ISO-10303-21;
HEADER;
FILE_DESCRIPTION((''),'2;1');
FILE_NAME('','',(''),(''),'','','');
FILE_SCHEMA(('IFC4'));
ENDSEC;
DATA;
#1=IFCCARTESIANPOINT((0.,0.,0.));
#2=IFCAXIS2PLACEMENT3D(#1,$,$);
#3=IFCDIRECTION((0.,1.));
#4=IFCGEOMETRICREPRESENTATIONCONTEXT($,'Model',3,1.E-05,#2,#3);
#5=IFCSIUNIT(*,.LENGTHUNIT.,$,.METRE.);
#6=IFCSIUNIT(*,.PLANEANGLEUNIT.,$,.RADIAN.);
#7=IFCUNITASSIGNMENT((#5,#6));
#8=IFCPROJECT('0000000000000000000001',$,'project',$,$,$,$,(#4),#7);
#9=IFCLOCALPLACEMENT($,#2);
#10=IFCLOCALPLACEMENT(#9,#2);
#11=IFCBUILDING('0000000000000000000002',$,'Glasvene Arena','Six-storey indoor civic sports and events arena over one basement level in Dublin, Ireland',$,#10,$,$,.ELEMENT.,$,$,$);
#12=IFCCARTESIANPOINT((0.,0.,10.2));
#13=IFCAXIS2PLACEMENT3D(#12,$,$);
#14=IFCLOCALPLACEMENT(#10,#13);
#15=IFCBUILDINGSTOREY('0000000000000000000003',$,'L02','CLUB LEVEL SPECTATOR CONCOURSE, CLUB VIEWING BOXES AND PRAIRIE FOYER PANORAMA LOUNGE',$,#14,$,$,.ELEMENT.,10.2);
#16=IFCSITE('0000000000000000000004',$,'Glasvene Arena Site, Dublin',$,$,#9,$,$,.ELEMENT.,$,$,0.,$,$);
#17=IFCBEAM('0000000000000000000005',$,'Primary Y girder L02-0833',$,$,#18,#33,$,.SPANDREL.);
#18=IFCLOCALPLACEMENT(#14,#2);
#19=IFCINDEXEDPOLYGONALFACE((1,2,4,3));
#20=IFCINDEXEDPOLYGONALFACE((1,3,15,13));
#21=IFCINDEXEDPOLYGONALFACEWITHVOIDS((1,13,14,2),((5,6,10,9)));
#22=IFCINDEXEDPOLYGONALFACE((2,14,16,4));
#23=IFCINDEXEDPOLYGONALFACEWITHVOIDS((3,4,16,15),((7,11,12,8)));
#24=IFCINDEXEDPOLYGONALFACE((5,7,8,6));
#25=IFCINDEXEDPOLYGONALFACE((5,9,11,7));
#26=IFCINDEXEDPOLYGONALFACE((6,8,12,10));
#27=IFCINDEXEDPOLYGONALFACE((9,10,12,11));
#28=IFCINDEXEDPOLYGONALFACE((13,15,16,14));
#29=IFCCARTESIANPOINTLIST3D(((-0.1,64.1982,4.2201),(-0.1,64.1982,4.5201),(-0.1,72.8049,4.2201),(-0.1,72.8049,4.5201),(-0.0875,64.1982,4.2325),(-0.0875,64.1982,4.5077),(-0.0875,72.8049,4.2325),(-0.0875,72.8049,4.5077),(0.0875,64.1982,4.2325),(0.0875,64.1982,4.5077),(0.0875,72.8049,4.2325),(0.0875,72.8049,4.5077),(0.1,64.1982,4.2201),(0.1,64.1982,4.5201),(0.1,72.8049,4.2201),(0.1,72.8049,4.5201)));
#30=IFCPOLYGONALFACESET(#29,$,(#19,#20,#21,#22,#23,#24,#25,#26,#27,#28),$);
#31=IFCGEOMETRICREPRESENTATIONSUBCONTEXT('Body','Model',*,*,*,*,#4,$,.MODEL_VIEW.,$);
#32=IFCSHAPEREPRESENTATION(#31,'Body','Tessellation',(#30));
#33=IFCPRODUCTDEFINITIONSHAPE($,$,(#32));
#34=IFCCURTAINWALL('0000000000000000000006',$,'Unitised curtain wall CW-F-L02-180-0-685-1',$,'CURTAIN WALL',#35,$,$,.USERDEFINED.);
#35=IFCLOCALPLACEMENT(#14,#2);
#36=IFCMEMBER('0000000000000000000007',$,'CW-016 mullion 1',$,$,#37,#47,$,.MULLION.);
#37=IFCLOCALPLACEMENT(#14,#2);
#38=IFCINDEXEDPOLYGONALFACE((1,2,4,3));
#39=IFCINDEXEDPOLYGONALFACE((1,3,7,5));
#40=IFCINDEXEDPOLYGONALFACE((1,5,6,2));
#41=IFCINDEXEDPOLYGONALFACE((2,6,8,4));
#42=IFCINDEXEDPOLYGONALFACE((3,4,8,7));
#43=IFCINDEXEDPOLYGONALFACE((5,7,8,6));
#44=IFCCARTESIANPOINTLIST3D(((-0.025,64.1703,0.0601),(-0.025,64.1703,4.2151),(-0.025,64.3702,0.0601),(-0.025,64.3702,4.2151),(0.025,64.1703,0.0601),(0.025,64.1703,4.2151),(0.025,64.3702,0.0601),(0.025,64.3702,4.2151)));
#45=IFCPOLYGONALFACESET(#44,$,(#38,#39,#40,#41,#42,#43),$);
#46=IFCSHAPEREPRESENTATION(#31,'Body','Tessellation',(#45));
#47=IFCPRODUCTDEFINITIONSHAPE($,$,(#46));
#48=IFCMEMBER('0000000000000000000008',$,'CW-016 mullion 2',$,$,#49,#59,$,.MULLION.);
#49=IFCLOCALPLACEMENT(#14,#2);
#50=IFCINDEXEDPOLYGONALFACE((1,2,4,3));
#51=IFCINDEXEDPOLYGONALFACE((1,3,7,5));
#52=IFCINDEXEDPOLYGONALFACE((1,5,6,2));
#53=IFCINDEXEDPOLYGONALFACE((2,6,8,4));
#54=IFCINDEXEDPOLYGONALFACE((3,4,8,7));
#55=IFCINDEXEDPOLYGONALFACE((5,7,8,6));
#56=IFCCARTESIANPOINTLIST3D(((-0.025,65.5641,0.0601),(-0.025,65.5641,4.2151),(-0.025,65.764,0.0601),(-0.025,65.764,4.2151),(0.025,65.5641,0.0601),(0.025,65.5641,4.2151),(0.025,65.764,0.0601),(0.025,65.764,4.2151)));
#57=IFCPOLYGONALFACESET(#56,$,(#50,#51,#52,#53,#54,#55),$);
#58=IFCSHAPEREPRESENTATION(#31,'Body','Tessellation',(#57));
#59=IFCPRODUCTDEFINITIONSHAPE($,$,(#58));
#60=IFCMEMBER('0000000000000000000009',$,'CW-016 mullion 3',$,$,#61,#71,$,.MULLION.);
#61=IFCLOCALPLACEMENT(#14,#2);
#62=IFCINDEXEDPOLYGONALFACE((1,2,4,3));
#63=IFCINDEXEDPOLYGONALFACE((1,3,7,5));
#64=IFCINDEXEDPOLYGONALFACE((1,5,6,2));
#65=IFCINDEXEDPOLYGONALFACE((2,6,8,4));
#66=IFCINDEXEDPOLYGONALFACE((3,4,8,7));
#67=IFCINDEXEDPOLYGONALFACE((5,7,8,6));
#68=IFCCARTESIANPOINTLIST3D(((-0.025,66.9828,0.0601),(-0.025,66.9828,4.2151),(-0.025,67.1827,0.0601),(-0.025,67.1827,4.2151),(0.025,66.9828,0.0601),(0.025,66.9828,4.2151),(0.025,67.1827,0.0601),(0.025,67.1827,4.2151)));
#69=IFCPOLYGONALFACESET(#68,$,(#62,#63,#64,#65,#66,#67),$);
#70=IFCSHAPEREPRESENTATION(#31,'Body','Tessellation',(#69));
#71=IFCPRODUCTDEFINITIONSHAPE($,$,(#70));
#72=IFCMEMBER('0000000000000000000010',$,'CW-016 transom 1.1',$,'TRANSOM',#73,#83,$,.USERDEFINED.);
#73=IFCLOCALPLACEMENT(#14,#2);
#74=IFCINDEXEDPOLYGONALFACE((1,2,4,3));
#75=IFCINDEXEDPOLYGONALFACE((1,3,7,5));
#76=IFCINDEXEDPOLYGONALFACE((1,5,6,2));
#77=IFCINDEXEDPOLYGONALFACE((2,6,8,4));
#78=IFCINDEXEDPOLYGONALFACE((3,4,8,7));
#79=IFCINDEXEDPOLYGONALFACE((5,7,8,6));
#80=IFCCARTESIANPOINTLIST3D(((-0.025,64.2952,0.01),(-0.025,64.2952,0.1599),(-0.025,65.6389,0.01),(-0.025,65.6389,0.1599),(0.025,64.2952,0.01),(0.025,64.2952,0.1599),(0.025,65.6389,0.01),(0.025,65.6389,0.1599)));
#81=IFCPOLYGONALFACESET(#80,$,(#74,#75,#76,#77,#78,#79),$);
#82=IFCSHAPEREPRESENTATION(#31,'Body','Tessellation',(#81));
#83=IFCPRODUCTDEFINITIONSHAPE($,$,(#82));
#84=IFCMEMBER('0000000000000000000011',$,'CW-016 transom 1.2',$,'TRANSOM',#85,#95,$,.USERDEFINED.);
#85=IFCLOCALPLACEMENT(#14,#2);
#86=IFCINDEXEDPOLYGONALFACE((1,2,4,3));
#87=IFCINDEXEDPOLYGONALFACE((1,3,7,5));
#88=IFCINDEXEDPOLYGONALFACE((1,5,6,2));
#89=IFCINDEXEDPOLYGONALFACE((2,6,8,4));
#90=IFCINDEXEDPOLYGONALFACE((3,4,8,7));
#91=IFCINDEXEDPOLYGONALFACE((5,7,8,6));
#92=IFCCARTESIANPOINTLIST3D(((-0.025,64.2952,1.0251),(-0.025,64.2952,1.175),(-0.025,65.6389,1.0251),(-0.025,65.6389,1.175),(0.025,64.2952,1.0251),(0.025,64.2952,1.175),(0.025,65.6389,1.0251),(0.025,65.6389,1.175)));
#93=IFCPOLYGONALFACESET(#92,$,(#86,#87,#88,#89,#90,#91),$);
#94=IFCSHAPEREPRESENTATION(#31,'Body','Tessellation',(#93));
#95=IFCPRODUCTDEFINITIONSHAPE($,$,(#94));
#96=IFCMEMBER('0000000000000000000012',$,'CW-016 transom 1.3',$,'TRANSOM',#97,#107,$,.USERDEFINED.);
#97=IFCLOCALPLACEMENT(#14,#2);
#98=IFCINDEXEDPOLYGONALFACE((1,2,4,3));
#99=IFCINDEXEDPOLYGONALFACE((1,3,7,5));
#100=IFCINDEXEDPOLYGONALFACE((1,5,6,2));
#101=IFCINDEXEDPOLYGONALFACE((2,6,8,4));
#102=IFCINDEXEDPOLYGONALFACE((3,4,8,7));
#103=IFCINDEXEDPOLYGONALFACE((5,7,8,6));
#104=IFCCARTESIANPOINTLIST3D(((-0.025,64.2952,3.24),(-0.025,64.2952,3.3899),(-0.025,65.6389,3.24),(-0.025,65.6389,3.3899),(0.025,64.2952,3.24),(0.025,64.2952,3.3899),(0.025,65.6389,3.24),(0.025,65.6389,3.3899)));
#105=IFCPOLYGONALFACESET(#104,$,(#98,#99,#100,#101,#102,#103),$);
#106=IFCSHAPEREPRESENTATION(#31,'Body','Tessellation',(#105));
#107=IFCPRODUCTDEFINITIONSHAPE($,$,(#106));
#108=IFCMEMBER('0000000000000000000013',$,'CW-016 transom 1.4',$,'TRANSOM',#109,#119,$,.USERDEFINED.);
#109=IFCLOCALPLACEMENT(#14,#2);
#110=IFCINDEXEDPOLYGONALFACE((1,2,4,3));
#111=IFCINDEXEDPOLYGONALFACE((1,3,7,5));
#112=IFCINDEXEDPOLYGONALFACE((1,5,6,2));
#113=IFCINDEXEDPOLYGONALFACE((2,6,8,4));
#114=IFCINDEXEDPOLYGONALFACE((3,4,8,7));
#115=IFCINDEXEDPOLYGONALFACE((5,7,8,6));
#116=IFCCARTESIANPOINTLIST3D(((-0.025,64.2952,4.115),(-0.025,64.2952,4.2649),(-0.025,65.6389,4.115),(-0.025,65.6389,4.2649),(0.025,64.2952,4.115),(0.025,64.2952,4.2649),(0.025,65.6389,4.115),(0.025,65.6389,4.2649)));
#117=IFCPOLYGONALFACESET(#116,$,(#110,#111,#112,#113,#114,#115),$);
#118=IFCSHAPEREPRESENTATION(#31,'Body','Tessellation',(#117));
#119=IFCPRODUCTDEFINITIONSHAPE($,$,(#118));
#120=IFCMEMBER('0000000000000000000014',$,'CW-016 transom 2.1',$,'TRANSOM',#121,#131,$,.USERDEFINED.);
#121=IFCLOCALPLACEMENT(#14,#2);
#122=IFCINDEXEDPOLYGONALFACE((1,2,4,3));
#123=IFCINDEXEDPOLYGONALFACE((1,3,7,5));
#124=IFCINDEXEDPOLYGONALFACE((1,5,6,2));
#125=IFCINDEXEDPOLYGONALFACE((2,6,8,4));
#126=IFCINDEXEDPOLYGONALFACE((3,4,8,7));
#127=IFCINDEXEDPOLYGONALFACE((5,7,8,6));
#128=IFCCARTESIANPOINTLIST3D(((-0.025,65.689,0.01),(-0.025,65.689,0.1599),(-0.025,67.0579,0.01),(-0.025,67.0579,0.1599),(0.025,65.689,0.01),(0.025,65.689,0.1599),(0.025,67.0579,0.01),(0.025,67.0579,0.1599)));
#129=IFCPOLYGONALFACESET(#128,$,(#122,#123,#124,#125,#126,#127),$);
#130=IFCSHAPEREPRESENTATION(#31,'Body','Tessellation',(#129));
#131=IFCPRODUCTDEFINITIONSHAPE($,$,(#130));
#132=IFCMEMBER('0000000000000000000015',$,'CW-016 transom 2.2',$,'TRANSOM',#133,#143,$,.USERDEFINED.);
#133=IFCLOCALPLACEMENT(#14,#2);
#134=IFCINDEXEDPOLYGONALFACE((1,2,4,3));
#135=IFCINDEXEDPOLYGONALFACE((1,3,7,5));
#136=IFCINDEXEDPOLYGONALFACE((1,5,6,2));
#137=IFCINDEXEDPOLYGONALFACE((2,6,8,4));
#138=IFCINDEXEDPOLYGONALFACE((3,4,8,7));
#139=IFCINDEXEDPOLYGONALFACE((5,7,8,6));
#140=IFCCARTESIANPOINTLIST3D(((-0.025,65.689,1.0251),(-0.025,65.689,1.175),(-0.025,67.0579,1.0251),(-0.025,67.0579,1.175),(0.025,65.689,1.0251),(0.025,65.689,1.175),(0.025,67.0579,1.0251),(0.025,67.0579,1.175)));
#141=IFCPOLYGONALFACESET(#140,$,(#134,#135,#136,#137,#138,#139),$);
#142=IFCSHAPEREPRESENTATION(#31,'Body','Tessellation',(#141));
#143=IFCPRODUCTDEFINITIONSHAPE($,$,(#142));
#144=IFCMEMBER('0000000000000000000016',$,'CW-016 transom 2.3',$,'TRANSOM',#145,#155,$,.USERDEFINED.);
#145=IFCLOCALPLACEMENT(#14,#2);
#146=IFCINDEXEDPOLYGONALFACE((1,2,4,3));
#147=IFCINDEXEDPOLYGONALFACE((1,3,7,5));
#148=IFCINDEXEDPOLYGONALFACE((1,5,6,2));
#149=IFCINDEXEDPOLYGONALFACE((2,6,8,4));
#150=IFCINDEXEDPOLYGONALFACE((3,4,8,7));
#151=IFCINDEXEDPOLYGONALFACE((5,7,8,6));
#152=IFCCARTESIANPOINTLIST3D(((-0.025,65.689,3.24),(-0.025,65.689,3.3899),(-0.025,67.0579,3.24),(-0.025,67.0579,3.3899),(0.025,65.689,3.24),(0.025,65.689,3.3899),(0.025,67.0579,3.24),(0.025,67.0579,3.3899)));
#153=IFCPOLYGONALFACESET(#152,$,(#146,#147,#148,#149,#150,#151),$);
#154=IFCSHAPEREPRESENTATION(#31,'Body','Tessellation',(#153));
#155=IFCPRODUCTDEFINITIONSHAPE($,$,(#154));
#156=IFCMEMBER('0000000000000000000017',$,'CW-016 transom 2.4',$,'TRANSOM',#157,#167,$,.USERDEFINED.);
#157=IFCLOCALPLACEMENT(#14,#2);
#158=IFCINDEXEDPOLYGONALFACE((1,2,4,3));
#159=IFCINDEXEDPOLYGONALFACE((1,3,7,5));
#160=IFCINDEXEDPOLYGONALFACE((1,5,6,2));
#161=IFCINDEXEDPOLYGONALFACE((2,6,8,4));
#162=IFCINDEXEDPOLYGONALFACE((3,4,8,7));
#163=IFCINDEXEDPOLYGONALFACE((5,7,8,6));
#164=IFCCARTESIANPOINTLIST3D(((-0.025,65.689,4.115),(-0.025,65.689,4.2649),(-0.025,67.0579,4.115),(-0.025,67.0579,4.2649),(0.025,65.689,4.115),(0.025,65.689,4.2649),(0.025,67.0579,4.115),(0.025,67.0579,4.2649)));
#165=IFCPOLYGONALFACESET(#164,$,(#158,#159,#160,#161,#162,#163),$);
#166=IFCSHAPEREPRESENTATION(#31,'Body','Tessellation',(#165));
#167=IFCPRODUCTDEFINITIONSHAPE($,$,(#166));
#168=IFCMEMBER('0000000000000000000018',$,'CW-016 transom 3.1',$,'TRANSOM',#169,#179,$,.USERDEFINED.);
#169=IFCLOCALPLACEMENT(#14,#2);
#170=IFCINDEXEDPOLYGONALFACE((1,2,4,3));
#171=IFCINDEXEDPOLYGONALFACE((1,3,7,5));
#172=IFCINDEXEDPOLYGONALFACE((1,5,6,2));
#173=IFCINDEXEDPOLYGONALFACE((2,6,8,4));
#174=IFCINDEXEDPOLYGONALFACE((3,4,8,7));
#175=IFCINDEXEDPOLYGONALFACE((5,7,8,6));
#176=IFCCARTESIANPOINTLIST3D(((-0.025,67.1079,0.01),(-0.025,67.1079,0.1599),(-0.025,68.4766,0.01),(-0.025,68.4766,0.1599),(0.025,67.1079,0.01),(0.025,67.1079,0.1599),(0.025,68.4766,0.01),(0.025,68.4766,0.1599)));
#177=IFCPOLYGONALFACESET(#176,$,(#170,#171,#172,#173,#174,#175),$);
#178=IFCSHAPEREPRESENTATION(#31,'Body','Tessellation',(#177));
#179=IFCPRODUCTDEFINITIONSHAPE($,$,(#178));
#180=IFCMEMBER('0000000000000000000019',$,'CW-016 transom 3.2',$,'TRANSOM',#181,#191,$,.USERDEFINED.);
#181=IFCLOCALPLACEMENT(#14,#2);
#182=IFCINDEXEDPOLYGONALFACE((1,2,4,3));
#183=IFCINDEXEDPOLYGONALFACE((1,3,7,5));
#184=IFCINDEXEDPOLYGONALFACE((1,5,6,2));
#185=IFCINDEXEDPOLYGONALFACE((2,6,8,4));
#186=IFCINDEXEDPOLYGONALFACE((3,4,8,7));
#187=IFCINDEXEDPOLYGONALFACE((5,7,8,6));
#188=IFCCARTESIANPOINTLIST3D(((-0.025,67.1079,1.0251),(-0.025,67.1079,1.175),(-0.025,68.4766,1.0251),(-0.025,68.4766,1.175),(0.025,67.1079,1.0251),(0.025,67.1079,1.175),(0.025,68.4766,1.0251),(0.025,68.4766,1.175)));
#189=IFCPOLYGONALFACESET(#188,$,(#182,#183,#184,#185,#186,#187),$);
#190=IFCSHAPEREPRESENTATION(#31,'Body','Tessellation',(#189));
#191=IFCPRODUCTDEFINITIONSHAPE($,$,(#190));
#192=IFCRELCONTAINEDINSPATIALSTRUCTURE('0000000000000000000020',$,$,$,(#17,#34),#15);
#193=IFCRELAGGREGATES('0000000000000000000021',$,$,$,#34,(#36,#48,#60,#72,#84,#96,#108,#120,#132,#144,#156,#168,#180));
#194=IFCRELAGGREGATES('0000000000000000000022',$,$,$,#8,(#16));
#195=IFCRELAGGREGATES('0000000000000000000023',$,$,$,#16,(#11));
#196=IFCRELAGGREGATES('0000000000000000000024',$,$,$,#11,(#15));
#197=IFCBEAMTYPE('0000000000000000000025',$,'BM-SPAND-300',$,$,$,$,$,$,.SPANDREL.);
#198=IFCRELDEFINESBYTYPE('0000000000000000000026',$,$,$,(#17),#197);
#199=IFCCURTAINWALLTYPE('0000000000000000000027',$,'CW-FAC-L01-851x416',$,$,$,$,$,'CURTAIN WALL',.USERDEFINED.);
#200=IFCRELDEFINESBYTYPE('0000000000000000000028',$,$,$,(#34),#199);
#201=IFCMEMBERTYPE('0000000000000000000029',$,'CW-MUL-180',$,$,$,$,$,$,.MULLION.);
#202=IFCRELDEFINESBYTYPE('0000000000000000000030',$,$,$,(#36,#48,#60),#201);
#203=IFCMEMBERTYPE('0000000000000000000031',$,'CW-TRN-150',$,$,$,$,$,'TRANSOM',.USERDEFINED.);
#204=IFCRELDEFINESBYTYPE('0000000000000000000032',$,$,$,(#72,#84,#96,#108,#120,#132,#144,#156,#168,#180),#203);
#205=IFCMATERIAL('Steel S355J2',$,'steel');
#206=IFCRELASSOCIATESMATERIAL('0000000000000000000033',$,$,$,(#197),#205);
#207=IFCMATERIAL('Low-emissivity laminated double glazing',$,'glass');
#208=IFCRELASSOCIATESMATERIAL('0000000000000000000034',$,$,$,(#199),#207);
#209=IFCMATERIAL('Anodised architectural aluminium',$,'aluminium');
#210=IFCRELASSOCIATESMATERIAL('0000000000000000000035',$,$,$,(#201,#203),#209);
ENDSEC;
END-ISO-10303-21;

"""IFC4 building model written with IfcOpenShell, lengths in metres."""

from ifc_helpers import new_model, si_unit, direction, frame, origin, origin_2d, place, context, subcontext, project, spatial, rectangle, hollow_rectangle, extrude, material, material_profile, profile_set, type_object, element, aggregate, save


model = new_model("IFC4")

# Units and contexts
model_context = context("Model", 3, precision=1e-05, world=origin(), true_north=direction((0.0, 1.0)))
body_context = subcontext(model_context, "Body", "Model", "MODEL_VIEW")
ifc_project = project(units=[si_unit("LENGTHUNIT", "METRE"), si_unit("PLANEANGLEUNIT", "RADIAN")], contexts=[model_context])

# Site, building, storey
site_placement = place(None, origin())
site = spatial("IfcSite", under=ifc_project, at=site_placement, Name="Glasvene Arena Site, Dublin", CompositionType="ELEMENT", RefElevation=0.0)
building_placement = place(site_placement, origin())
building = spatial("IfcBuilding", under=site, at=building_placement, Name="Glasvene Arena", Description="Six-storey indoor civic sports and events arena over one basement level in Dublin, Ireland", CompositionType="ELEMENT")
storey_placement = place(building_placement, frame((0.0, 0.0, 10.2)))
storey = spatial("IfcBuildingStorey", under=building, at=storey_placement, Name="L02", Description="CLUB LEVEL SPECTATOR CONCOURSE, CLUB VIEWING BOXES AND PRAIRIE FOYER PANORAMA LOUNGE", CompositionType="ELEMENT", Elevation=10.2)

# Shared definitions
ifc_material_1 = material(Name="Steel S355J2", Category="steel")

# Beam
ifc_material_profile_1 = material_profile(ifc_material_1, hollow_rectangle(XDim=0.2, YDim=0.3, WallThickness=0.0125, at=origin_2d()), Name="RHS 300x200x12.5")
ifc_profile_set_1 = profile_set([ifc_material_profile_1], Name="Steel S355J2")
beam_type_1 = type_object("IfcBeamType", Name="BM-SPAND-300", PredefinedType="SPANDREL", material=ifc_profile_set_1)
beam_1_placement = place(storey_placement, frame((0.0, 64.1982, 4.3701), z_axis=(0.0, 1.0, 0.0), x_axis=(-1.0, 0.0, 0.0)))
element("IfcBeam", 1, at=beam_1_placement, inside=storey, type_object=beam_type_1, Name="Primary Y girder L02-0833", PredefinedType="SPANDREL", context=body_context, shape_type="SweptSolid", body=[
    extrude(hollow_rectangle(XDim=0.2, YDim=0.3, WallThickness=0.0125, at=origin_2d()), origin(), (0.0, 0.0, 1.0), 8.6067),
])

# Curtain wall, members
ifc_material_2 = material(Name="Low-emissivity laminated double glazing", Category="glass")
curtain_wall_type = type_object("IfcCurtainWallType", Name="CW-FAC-L01-851x416", ElementType="CURTAIN WALL", PredefinedType="USERDEFINED", material=ifc_material_2)
curtain_wall_placement = place(storey_placement, frame((0.0, 64.2451, 0.0)))
curtain_wall = element("IfcCurtainWall", 2, at=curtain_wall_placement, inside=storey, type_object=curtain_wall_type, Name="Unitised curtain wall CW-F-L02-180-0-685-1", ObjectType="CURTAIN WALL", PredefinedType="USERDEFINED")
ifc_material_3 = material(Name="Anodised architectural aluminium", Category="aluminium")
ifc_material_profile_2 = material_profile(ifc_material_3, rectangle(XDim=0.05, YDim=0.2, at=origin_2d()), Name="ALU MULLION 50x200")
ifc_profile_set_2 = profile_set([ifc_material_profile_2], Name="Anodised architectural aluminium")
member_type_1 = type_object("IfcMemberType", Name="CW-MUL-180", PredefinedType="MULLION", material=ifc_profile_set_2)
member_1_placement = place(storey_placement, frame((0.0, 64.2703, 0.0601), z_axis=(0.0, 0.0, 1.0), x_axis=(-1.0, 0.0, 0.0)))
member_1 = element("IfcMember", 3, at=member_1_placement, type_object=member_type_1, Name="CW-016 mullion 1", PredefinedType="MULLION", context=body_context, shape_type="SweptSolid", body=[
    extrude(rectangle(XDim=0.05, YDim=0.2, at=origin_2d()), origin(), (0.0, 0.0, 1.0), 4.155),
])
member_2_placement = place(storey_placement, frame((0.0, 65.6641, 0.0601), z_axis=(0.0, 0.0, 1.0), x_axis=(-1.0, 0.0, 0.0)))
member_2 = element("IfcMember", 4, at=member_2_placement, type_object=member_type_1, Name="CW-016 mullion 2", PredefinedType="MULLION", context=body_context, shape_type="SweptSolid", body=[
    extrude(rectangle(XDim=0.05, YDim=0.2, at=origin_2d()), origin(), (0.0, 0.0, 1.0), 4.155),
])
member_3_placement = place(storey_placement, frame((0.0, 67.0828, 0.0601), z_axis=(0.0, 0.0, 1.0), x_axis=(-1.0, 0.0, 0.0)))
member_3 = element("IfcMember", 5, at=member_3_placement, type_object=member_type_1, Name="CW-016 mullion 3", PredefinedType="MULLION", context=body_context, shape_type="SweptSolid", body=[
    extrude(rectangle(XDim=0.05, YDim=0.2, at=origin_2d()), origin(), (0.0, 0.0, 1.0), 4.155),
])
ifc_material_profile_3 = material_profile(ifc_material_3, rectangle(XDim=0.05, YDim=0.1499, at=origin_2d()), Name="ALU TRANSOM 50x150")
ifc_profile_set_3 = profile_set([ifc_material_profile_3], Name="Anodised architectural aluminium")
member_type_2 = type_object("IfcMemberType", Name="CW-TRN-150", ElementType="TRANSOM", PredefinedType="USERDEFINED", material=ifc_profile_set_3)
member_4_placement = place(storey_placement, frame((0.0, 64.2952, 0.085), z_axis=(0.0, 1.0, 0.0), x_axis=(-1.0, 0.0, 0.0)))
member_4 = element("IfcMember", 6, at=member_4_placement, type_object=member_type_2, Name="CW-016 transom 1.1", ObjectType="TRANSOM", PredefinedType="USERDEFINED", context=body_context, shape_type="SweptSolid", body=[
    extrude(rectangle(XDim=0.05, YDim=0.1499, at=origin_2d()), origin(), (0.0, 0.0, 1.0), 1.3438),
])
member_5_placement = place(storey_placement, frame((0.0, 64.2952, 1.1001), z_axis=(0.0, 1.0, 0.0), x_axis=(-1.0, 0.0, 0.0)))
member_5 = element("IfcMember", 7, at=member_5_placement, type_object=member_type_2, Name="CW-016 transom 1.2", ObjectType="TRANSOM", PredefinedType="USERDEFINED", context=body_context, shape_type="SweptSolid", body=[
    extrude(rectangle(XDim=0.05, YDim=0.1499, at=origin_2d()), origin(), (0.0, 0.0, 1.0), 1.3438),
])
member_6_placement = place(storey_placement, frame((0.0, 64.2952, 3.3149), z_axis=(0.0, 1.0, 0.0), x_axis=(-1.0, 0.0, 0.0)))
member_6 = element("IfcMember", 8, at=member_6_placement, type_object=member_type_2, Name="CW-016 transom 1.3", ObjectType="TRANSOM", PredefinedType="USERDEFINED", context=body_context, shape_type="SweptSolid", body=[
    extrude(rectangle(XDim=0.05, YDim=0.1499, at=origin_2d()), origin(), (0.0, 0.0, 1.0), 1.3438),
])
member_7_placement = place(storey_placement, frame((0.0, 64.2952, 4.1899), z_axis=(0.0, 1.0, 0.0), x_axis=(-1.0, 0.0, 0.0)))
member_7 = element("IfcMember", 9, at=member_7_placement, type_object=member_type_2, Name="CW-016 transom 1.4", ObjectType="TRANSOM", PredefinedType="USERDEFINED", context=body_context, shape_type="SweptSolid", body=[
    extrude(rectangle(XDim=0.05, YDim=0.1499, at=origin_2d()), origin(), (0.0, 0.0, 1.0), 1.3438),
])
member_8_placement = place(storey_placement, frame((0.0, 65.689, 0.085), z_axis=(0.0, 1.0, 0.0), x_axis=(-1.0, 0.0, 0.0)))
member_8 = element("IfcMember", 10, at=member_8_placement, type_object=member_type_2, Name="CW-016 transom 2.1", ObjectType="TRANSOM", PredefinedType="USERDEFINED", context=body_context, shape_type="SweptSolid", body=[
    extrude(rectangle(XDim=0.05, YDim=0.1499, at=origin_2d()), origin(), (0.0, 0.0, 1.0), 1.3689),
])
member_9_placement = place(storey_placement, frame((0.0, 65.689, 1.1001), z_axis=(0.0, 1.0, 0.0), x_axis=(-1.0, 0.0, 0.0)))
member_9 = element("IfcMember", 11, at=member_9_placement, type_object=member_type_2, Name="CW-016 transom 2.2", ObjectType="TRANSOM", PredefinedType="USERDEFINED", context=body_context, shape_type="SweptSolid", body=[
    extrude(rectangle(XDim=0.05, YDim=0.1499, at=origin_2d()), origin(), (0.0, 0.0, 1.0), 1.3689),
])
member_10_placement = place(storey_placement, frame((0.0, 65.689, 3.3149), z_axis=(0.0, 1.0, 0.0), x_axis=(-1.0, 0.0, 0.0)))
member_10 = element("IfcMember", 12, at=member_10_placement, type_object=member_type_2, Name="CW-016 transom 2.3", ObjectType="TRANSOM", PredefinedType="USERDEFINED", context=body_context, shape_type="SweptSolid", body=[
    extrude(rectangle(XDim=0.05, YDim=0.1499, at=origin_2d()), origin(), (0.0, 0.0, 1.0), 1.3689),
])
member_11_placement = place(storey_placement, frame((0.0, 65.689, 4.1899), z_axis=(0.0, 1.0, 0.0), x_axis=(-1.0, 0.0, 0.0)))
member_11 = element("IfcMember", 13, at=member_11_placement, type_object=member_type_2, Name="CW-016 transom 2.4", ObjectType="TRANSOM", PredefinedType="USERDEFINED", context=body_context, shape_type="SweptSolid", body=[
    extrude(rectangle(XDim=0.05, YDim=0.1499, at=origin_2d()), origin(), (0.0, 0.0, 1.0), 1.3689),
])
member_12_placement = place(storey_placement, frame((0.0, 67.1079, 0.085), z_axis=(0.0, 1.0, 0.0), x_axis=(-1.0, 0.0, 0.0)))
member_12 = element("IfcMember", 14, at=member_12_placement, type_object=member_type_2, Name="CW-016 transom 3.1", ObjectType="TRANSOM", PredefinedType="USERDEFINED", context=body_context, shape_type="SweptSolid", body=[
    extrude(rectangle(XDim=0.05, YDim=0.1499, at=origin_2d()), origin(), (0.0, 0.0, 1.0), 1.3687),
])
member_13_placement = place(storey_placement, frame((0.0, 67.1079, 1.1001), z_axis=(0.0, 1.0, 0.0), x_axis=(-1.0, 0.0, 0.0)))
member_13 = element("IfcMember", 15, at=member_13_placement, type_object=member_type_2, Name="CW-016 transom 3.2", ObjectType="TRANSOM", PredefinedType="USERDEFINED", context=body_context, shape_type="SweptSolid", body=[
    extrude(rectangle(XDim=0.05, YDim=0.1499, at=origin_2d()), origin(), (0.0, 0.0, 1.0), 1.3687),
])

aggregate(curtain_wall, [member_1, member_2, member_3, member_4, member_5, member_6, member_7, member_8, member_9, member_10, member_11, member_12, member_13])

save(model, "model.ifc")
